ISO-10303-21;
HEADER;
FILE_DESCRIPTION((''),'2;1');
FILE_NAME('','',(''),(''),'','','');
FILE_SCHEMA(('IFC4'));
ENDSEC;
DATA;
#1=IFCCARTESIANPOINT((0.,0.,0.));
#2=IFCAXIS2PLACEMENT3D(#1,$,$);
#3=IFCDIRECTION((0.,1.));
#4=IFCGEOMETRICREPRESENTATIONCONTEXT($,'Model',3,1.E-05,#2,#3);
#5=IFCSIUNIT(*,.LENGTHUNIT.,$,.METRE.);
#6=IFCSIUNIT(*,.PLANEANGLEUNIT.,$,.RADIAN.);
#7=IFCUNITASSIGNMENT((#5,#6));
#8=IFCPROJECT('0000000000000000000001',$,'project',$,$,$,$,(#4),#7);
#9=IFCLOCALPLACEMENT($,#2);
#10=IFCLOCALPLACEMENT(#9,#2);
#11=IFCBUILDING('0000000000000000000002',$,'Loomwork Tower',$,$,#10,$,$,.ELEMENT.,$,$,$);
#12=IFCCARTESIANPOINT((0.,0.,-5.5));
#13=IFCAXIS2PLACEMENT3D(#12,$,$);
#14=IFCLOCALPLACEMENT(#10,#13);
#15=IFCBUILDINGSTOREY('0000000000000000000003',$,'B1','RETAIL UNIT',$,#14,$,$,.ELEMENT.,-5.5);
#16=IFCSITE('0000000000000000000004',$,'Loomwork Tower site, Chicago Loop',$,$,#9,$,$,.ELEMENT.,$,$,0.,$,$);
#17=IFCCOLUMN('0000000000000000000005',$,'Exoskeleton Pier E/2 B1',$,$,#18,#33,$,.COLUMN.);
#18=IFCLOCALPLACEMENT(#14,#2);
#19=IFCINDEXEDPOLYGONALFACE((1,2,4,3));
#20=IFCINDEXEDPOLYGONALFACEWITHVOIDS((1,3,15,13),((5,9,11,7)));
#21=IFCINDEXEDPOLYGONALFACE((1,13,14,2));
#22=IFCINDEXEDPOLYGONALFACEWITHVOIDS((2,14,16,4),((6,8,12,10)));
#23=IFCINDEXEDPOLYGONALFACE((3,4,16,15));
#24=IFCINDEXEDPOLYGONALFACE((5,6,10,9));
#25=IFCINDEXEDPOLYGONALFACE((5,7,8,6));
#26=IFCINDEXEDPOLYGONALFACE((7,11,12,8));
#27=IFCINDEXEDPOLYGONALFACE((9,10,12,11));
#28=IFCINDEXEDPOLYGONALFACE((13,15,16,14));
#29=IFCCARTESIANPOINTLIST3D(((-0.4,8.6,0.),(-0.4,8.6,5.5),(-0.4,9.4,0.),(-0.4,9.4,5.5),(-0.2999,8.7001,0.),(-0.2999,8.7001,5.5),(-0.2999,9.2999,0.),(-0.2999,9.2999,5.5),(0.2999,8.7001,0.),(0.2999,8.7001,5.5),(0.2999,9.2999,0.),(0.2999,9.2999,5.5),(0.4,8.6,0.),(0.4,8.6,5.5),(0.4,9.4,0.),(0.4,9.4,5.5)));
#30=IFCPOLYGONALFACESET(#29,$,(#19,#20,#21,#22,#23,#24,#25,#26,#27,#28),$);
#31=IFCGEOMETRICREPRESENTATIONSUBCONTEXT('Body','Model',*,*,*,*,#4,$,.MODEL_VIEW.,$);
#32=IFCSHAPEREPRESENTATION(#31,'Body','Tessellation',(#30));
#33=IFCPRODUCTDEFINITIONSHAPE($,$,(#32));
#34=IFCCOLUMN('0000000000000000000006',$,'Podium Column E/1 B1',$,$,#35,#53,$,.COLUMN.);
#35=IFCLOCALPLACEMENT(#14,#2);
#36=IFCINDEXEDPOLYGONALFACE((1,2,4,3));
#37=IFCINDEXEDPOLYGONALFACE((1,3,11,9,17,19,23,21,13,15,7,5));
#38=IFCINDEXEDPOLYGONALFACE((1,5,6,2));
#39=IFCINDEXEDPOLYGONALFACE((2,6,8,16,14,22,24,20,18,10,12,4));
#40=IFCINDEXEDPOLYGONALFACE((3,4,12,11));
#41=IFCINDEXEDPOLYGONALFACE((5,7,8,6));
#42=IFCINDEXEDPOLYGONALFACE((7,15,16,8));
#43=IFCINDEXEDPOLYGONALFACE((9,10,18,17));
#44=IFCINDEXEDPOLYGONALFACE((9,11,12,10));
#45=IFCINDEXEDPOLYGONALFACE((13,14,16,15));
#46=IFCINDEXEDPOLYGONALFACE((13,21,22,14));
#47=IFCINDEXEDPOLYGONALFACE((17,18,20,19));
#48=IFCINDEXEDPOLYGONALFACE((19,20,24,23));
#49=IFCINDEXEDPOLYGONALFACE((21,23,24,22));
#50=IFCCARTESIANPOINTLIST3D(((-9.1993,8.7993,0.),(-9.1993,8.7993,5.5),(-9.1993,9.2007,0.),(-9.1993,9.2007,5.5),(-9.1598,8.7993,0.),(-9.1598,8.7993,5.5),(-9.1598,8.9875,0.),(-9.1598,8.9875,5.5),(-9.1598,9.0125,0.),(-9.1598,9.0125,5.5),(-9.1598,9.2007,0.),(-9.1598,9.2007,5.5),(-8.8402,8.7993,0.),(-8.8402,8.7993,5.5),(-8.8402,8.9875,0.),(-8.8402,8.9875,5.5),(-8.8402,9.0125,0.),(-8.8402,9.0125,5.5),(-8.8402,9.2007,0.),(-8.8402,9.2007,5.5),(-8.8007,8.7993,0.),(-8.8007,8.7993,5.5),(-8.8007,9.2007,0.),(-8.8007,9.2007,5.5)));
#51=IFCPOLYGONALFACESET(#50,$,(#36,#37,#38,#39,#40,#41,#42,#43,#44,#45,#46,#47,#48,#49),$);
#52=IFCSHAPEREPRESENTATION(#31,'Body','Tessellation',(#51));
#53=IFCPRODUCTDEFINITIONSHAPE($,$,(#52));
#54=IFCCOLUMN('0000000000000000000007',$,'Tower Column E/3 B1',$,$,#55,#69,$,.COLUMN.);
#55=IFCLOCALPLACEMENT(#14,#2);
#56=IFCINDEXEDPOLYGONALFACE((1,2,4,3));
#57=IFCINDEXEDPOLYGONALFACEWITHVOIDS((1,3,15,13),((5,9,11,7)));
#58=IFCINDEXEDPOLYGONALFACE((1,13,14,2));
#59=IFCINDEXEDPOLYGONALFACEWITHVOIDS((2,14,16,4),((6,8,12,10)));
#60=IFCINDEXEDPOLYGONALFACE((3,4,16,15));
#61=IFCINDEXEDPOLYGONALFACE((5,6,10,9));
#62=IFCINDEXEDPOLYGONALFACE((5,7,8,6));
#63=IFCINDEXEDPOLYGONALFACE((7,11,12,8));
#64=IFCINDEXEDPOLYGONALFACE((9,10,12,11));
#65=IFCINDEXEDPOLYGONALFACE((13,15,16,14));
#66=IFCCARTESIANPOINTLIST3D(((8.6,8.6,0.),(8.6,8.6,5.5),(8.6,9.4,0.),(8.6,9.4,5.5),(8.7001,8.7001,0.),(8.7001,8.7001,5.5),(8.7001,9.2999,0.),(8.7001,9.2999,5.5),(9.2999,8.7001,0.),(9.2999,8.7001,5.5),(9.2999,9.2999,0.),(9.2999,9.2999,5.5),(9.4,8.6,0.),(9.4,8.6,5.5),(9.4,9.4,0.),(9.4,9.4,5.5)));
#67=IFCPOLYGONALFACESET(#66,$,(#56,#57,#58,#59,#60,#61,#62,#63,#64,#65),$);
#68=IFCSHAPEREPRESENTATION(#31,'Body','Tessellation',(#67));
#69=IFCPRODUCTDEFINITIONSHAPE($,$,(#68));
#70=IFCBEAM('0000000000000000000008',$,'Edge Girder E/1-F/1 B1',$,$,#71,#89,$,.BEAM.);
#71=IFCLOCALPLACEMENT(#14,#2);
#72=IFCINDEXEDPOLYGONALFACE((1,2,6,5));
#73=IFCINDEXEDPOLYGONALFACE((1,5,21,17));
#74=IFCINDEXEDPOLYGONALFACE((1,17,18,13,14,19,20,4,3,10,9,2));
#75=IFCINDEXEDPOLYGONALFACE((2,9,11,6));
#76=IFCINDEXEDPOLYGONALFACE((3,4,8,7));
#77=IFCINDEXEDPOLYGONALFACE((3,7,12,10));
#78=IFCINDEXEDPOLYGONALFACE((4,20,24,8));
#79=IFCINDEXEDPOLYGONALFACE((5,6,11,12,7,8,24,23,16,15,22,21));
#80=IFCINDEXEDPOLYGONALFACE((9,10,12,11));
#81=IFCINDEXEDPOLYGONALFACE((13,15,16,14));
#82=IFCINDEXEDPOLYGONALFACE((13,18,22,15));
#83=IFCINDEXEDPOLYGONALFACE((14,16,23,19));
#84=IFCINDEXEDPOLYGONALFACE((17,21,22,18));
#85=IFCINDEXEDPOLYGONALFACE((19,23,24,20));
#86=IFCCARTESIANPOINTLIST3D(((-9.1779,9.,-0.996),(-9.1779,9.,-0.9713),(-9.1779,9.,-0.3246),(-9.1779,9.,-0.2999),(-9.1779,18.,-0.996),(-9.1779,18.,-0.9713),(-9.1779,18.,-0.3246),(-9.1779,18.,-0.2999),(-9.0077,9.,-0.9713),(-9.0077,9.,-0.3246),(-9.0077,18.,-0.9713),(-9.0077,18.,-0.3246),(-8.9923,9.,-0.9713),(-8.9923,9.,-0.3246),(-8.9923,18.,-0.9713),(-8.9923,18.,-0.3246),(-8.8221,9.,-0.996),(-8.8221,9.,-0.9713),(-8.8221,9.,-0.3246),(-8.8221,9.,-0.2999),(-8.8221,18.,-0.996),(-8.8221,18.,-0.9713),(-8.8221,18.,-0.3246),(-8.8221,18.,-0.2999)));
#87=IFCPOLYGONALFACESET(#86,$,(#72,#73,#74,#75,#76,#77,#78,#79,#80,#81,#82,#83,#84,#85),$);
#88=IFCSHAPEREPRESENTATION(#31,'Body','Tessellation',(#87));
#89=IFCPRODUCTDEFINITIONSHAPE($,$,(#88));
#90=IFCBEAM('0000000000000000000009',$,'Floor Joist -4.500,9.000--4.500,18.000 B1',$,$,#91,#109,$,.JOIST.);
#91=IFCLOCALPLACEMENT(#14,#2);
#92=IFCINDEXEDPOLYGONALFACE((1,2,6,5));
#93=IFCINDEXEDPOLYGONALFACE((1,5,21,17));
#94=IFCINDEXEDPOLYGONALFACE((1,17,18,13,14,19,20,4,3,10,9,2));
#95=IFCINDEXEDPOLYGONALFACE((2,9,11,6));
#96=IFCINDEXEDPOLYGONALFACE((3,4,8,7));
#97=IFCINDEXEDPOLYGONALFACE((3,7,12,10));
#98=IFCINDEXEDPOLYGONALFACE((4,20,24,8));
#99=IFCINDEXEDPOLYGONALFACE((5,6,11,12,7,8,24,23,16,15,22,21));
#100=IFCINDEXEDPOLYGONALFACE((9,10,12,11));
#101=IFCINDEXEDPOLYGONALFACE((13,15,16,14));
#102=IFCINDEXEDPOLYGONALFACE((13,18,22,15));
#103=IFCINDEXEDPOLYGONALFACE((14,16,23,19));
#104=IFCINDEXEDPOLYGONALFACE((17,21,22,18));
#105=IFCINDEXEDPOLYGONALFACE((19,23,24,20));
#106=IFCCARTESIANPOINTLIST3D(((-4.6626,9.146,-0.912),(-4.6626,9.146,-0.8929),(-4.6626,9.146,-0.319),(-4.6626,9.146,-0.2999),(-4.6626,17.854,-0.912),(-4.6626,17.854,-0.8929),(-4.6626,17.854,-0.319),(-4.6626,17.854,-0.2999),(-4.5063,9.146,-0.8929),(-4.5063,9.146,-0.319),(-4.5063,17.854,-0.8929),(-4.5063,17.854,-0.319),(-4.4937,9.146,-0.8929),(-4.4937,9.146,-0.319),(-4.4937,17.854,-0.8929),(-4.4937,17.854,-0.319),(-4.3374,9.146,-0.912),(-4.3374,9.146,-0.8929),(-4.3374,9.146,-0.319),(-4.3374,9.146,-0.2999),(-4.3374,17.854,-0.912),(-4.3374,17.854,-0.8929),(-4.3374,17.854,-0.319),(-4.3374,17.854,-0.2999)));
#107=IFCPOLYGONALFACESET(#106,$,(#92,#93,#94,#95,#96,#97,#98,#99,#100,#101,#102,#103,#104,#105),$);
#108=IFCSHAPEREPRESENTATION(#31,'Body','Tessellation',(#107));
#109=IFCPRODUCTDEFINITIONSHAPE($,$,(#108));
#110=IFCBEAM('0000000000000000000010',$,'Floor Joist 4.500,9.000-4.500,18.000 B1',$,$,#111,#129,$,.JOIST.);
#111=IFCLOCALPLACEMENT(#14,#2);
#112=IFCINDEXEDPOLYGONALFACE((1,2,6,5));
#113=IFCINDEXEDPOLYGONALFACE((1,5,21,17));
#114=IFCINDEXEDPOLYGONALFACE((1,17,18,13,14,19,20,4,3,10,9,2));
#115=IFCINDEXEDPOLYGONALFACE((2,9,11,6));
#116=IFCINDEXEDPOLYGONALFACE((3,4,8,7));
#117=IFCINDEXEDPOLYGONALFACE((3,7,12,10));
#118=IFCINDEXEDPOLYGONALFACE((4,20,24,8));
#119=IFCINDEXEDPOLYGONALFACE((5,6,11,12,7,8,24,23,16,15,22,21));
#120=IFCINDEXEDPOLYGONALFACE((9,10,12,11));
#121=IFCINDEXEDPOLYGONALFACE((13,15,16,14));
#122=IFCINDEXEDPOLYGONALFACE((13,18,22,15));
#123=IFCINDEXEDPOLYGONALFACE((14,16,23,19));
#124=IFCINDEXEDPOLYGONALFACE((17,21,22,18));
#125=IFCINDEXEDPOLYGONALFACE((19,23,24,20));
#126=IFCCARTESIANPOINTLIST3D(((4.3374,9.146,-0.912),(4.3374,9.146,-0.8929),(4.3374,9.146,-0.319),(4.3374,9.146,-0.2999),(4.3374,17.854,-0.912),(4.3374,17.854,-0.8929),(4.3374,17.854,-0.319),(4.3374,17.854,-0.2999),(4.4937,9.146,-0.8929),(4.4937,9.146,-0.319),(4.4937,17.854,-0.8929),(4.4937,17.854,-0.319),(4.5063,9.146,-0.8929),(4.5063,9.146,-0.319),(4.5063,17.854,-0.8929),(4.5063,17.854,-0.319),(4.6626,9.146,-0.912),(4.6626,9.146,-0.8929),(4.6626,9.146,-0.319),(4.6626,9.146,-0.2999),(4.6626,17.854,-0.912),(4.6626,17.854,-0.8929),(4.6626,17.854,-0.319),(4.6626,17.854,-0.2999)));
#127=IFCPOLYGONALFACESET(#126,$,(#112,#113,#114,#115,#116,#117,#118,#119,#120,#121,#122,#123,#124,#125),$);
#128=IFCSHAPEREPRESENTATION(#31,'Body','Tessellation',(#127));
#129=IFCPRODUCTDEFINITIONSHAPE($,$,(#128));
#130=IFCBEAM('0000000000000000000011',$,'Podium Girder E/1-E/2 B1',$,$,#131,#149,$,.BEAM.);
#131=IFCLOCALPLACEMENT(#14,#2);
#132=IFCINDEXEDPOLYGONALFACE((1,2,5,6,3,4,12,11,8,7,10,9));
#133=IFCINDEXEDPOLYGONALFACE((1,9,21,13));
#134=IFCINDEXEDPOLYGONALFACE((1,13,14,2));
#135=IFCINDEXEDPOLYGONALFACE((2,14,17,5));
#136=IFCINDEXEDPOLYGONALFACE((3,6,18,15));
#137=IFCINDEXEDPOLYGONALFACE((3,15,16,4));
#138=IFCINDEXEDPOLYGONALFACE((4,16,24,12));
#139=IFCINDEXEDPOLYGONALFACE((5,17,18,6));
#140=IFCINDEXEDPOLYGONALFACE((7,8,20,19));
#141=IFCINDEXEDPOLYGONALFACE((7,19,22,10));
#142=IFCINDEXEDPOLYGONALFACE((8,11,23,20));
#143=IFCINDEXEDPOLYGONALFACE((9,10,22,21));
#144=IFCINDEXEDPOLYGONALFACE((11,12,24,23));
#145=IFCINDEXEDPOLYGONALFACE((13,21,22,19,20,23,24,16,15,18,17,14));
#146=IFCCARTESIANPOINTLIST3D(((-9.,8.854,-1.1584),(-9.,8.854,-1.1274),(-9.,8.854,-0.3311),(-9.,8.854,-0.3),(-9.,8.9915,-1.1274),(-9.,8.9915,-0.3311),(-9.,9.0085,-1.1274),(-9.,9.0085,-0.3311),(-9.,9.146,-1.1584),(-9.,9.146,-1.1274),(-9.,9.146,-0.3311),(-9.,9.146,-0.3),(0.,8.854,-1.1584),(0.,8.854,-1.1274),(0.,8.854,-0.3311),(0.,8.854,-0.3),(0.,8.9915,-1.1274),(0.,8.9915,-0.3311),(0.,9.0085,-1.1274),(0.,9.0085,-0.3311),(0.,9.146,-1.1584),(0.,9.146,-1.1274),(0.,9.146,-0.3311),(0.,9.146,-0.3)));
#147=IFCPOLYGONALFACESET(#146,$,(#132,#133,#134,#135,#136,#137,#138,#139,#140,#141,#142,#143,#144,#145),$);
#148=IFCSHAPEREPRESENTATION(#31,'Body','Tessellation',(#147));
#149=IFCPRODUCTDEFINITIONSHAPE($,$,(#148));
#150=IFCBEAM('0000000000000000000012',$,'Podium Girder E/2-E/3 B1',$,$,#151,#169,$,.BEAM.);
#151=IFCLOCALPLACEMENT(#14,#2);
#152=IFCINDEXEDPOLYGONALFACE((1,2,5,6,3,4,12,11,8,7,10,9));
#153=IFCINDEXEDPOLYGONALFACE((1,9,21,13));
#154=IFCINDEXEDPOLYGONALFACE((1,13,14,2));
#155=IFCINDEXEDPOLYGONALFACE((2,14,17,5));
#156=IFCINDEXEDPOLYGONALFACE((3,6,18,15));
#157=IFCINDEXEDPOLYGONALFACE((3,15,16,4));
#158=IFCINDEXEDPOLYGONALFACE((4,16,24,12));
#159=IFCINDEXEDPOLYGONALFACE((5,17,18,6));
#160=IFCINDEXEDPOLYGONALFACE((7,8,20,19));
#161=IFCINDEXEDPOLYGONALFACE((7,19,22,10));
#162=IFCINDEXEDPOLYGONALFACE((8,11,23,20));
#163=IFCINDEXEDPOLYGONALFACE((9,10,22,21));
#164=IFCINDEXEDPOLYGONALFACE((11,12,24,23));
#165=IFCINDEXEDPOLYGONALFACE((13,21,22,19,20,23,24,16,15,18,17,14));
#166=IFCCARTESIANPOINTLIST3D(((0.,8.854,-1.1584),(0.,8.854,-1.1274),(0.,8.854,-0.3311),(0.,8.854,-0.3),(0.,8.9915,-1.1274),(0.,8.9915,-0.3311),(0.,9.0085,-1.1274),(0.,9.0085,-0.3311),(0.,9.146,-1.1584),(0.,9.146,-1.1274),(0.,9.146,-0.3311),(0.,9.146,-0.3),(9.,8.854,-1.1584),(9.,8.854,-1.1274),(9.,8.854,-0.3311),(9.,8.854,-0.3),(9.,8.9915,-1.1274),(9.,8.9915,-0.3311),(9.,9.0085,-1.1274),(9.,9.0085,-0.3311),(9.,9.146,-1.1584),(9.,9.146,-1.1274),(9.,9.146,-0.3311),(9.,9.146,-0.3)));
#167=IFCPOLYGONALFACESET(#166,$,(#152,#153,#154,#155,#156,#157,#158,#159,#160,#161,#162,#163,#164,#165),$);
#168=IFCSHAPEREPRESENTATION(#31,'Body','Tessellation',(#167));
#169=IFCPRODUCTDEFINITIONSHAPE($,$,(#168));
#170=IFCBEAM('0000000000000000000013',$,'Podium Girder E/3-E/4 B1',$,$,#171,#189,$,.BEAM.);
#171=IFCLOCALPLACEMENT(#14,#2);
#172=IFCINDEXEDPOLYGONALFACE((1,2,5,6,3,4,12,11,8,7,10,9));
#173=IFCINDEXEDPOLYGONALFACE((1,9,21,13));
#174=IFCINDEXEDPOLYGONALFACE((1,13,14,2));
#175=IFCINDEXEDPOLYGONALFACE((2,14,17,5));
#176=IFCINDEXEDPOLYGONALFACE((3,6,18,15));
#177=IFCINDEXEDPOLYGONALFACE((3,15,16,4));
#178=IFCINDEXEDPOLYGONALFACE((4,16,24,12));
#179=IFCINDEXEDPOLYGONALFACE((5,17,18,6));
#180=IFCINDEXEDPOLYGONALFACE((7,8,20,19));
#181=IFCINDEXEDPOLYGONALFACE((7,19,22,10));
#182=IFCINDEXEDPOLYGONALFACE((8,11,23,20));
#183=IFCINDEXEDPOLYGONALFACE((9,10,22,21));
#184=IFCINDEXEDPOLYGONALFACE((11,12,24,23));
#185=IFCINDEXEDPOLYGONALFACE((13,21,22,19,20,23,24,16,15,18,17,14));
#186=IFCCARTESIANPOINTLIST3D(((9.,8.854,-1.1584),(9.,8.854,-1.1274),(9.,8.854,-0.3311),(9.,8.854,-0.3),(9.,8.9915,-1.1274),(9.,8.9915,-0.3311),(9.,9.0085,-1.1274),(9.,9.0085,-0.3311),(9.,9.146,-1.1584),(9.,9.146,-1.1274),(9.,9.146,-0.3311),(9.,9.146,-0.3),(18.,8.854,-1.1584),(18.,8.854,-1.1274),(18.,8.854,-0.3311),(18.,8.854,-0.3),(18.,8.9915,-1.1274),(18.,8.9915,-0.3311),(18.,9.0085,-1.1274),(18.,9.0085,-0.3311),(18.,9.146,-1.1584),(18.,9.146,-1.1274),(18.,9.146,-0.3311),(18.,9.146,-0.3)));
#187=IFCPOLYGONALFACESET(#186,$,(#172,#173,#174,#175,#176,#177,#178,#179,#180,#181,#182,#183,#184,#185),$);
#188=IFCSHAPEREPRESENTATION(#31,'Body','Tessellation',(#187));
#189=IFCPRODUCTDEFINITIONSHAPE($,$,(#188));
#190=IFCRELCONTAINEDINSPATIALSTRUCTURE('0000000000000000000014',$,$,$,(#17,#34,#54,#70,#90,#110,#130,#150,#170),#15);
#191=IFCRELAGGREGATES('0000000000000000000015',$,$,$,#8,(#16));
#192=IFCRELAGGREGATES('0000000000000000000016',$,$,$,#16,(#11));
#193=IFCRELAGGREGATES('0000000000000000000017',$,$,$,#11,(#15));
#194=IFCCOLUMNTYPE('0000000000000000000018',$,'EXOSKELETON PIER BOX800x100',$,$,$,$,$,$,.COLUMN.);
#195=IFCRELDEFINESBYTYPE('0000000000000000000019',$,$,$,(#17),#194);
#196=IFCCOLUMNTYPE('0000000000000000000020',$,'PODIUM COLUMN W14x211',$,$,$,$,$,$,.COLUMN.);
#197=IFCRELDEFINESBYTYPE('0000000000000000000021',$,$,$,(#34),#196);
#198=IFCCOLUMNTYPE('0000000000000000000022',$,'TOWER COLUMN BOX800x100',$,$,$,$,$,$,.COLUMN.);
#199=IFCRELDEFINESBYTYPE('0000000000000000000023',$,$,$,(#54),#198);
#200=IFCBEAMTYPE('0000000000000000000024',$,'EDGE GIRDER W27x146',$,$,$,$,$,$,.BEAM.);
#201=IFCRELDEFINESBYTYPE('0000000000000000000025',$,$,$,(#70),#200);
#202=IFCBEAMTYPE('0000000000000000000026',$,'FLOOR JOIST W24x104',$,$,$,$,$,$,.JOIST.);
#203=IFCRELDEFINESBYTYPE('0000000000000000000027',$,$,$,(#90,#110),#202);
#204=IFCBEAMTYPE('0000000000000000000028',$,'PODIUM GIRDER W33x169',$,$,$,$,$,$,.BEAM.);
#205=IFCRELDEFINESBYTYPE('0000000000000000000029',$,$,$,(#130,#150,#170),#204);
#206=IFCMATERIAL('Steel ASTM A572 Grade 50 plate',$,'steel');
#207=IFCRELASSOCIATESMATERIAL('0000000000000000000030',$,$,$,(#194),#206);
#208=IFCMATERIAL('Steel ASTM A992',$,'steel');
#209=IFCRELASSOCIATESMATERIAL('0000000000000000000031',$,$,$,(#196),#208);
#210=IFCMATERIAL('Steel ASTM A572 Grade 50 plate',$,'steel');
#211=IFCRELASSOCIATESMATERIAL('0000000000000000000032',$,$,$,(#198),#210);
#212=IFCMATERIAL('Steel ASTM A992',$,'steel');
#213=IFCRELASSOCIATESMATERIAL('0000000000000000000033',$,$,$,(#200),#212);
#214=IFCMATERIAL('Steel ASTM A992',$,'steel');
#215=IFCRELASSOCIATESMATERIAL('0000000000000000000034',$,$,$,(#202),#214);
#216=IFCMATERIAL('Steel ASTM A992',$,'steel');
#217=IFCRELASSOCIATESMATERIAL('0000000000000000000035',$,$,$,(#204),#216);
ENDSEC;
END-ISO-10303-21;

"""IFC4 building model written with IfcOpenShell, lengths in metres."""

from ifc_helpers import new_model, si_unit, direction, frame, origin, origin_2d, place, context, subcontext, project, spatial, hollow_rectangle, i_section, extrude, material, material_profile, profile_set, type_object, element, save


model = new_model("IFC4")

# Units and contexts
model_context = context("Model", 3, precision=1e-05, world=origin(), true_north=direction((0.0, 1.0)))
body_context = subcontext(model_context, "Body", "Model", "MODEL_VIEW")
ifc_project = project(units=[si_unit("LENGTHUNIT", "METRE"), si_unit("PLANEANGLEUNIT", "RADIAN")], contexts=[model_context])

# Site, building, storey
site_placement = place(None, origin())
site = spatial("IfcSite", under=ifc_project, at=site_placement, Name="Loomwork Tower site, Chicago Loop", CompositionType="ELEMENT", RefElevation=0.0)
building_placement = place(site_placement, origin())
building = spatial("IfcBuilding", under=site, at=building_placement, Name="Loomwork Tower", CompositionType="ELEMENT")
storey_placement = place(building_placement, frame((0.0, 0.0, -5.5)))
storey = spatial("IfcBuildingStorey", under=building, at=storey_placement, Name="B1", Description="RETAIL UNIT", CompositionType="ELEMENT", Elevation=-5.5)

# Columns
ifc_material_1 = material(Name="Steel ASTM A572 Grade 50 plate", Category="steel")
ifc_material_profile_1 = material_profile(ifc_material_1, hollow_rectangle(XDim=0.8, YDim=0.8, WallThickness=0.1001, at=origin_2d()), Name="BOX800x100")
ifc_profile_set_1 = profile_set([ifc_material_profile_1], Name="Steel ASTM A572 Grade 50 plate")
column_type_1 = type_object("IfcColumnType", Name="EXOSKELETON PIER BOX800x100", PredefinedType="COLUMN", material=ifc_profile_set_1)
column_1_placement = place(storey_placement, frame((0.0, 9.0, 0.0), z_axis=(0.0, 0.0, 1.0), x_axis=(0.0, 1.0, 0.0)))
element("IfcColumn", 1, at=column_1_placement, inside=storey, type_object=column_type_1, Name="Exoskeleton Pier E/2 B1", PredefinedType="COLUMN", context=body_context, shape_type="SweptSolid", body=[
    extrude(hollow_rectangle(XDim=0.8, YDim=0.8, WallThickness=0.1001, at=origin_2d()), origin(), (0.0, 0.0, 1.0), 5.5),
])
ifc_material_2 = material(Name="Steel ASTM A992", Category="steel")
ifc_material_profile_2 = material_profile(ifc_material_2, i_section(OverallWidth=0.4014, OverallDepth=0.3987, WebThickness=0.0249, FlangeThickness=0.0396, at=origin_2d()), Name="W14x211")
ifc_profile_set_2 = profile_set([ifc_material_profile_2], Name="Steel ASTM A992")
column_type_2 = type_object("IfcColumnType", Name="PODIUM COLUMN W14x211", PredefinedType="COLUMN", material=ifc_profile_set_2)
column_2_placement = place(storey_placement, frame((-9.0, 9.0, 0.0), z_axis=(0.0, 0.0, 1.0), x_axis=(0.0, 1.0, 0.0)))
element("IfcColumn", 2, at=column_2_placement, inside=storey, type_object=column_type_2, Name="Podium Column E/1 B1", PredefinedType="COLUMN", context=body_context, shape_type="SweptSolid", body=[
    extrude(i_section(OverallWidth=0.4014, OverallDepth=0.3987, WebThickness=0.0249, FlangeThickness=0.0396, at=origin_2d()), origin(), (0.0, 0.0, 1.0), 5.5),
])
ifc_material_3 = material(Name="Steel ASTM A572 Grade 50 plate", Category="steel")
ifc_material_profile_3 = material_profile(ifc_material_3, hollow_rectangle(XDim=0.8, YDim=0.8, WallThickness=0.1001, at=origin_2d()), Name="BOX800x100")
ifc_profile_set_3 = profile_set([ifc_material_profile_3], Name="Steel ASTM A572 Grade 50 plate")
column_type_3 = type_object("IfcColumnType", Name="TOWER COLUMN BOX800x100", PredefinedType="COLUMN", material=ifc_profile_set_3)
column_3_placement = place(storey_placement, frame((9.0, 9.0, 0.0), z_axis=(0.0, 0.0, 1.0), x_axis=(1.0, 0.0, 0.0)))
element("IfcColumn", 3, at=column_3_placement, inside=storey, type_object=column_type_3, Name="Tower Column E/3 B1", PredefinedType="COLUMN", context=body_context, shape_type="SweptSolid", body=[
    extrude(hollow_rectangle(XDim=0.8, YDim=0.8, WallThickness=0.1001, at=origin_2d()), origin(), (0.0, 0.0, 1.0), 5.5),
])

# Beams
ifc_material_4 = material(Name="Steel ASTM A992", Category="steel")
ifc_material_profile_4 = material_profile(ifc_material_4, i_section(OverallWidth=0.3557, OverallDepth=0.696, WebThickness=0.0154, FlangeThickness=0.0247, at=origin_2d()), Name="W27x146")
ifc_profile_set_4 = profile_set([ifc_material_profile_4], Name="Steel ASTM A992")
beam_type_1 = type_object("IfcBeamType", Name="EDGE GIRDER W27x146", PredefinedType="BEAM", material=ifc_profile_set_4)
beam_placement = place(storey_placement, frame((-9.0, 9.0, -0.6479), z_axis=(0.0, 1.0, 0.0), x_axis=(-1.0, 0.0, 0.0)))
element("IfcBeam", 4, at=beam_placement, inside=storey, type_object=beam_type_1, Name="Edge Girder E/1-F/1 B1", PredefinedType="BEAM", context=body_context, shape_type="SweptSolid", body=[
    extrude(i_section(OverallWidth=0.3557, OverallDepth=0.696, WebThickness=0.0154, FlangeThickness=0.0247, at=origin_2d()), origin(), (0.0, 0.0, 1.0), 9.0),
])
ifc_material_5 = material(Name="Steel ASTM A992", Category="steel")
ifc_material_profile_5 = material_profile(ifc_material_5, i_section(OverallWidth=0.3252, OverallDepth=0.6121, WebThickness=0.0127, FlangeThickness=0.019, at=origin_2d()), Name="W24x104")
ifc_profile_set_5 = profile_set([ifc_material_profile_5], Name="Steel ASTM A992")
beam_type_2 = type_object("IfcBeamType", Name="FLOOR JOIST W24x104", PredefinedType="JOIST", material=ifc_profile_set_5)
for number, where, z_axis, x_axis, name in (
    (5, (-4.5, 9.146, -0.606), (0.0, 1.0, 0.0), (-1.0, 0.0, 0.0), "Floor Joist -4.500,9.000--4.500,18.000 B1"),
    (6, (4.5, 9.146, -0.606), (0.0, 1.0, 0.0), (-1.0, 0.0, 0.0), "Floor Joist 4.500,9.000-4.500,18.000 B1"),
):
    element("IfcBeam", number, at=place(storey_placement, frame(where, z_axis=z_axis, x_axis=x_axis)), inside=storey, type_object=beam_type_2, Name=name, PredefinedType="JOIST", context=body_context, shape_type="SweptSolid", body=[
        extrude(i_section(OverallWidth=0.3252, OverallDepth=0.6121, WebThickness=0.0127, FlangeThickness=0.019, at=origin_2d()), origin(), (0.0, 0.0, 1.0), 8.708),
    ])
ifc_material_6 = material(Name="Steel ASTM A992", Category="steel")
ifc_material_profile_6 = material_profile(ifc_material_6, i_section(OverallWidth=0.292, OverallDepth=0.8584, WebThickness=0.0171, FlangeThickness=0.031, at=origin_2d()), Name="W33x169")
ifc_profile_set_6 = profile_set([ifc_material_profile_6], Name="Steel ASTM A992")
beam_type_3 = type_object("IfcBeamType", Name="PODIUM GIRDER W33x169", PredefinedType="BEAM", material=ifc_profile_set_6)
for number, where, z_axis, x_axis, name in (
    (7, (-9.0, 9.0, -0.7292), (1.0, 0.0, 0.0), (0.0, 1.0, 0.0), "Podium Girder E/1-E/2 B1"),
    (8, (0.0, 9.0, -0.7292), (1.0, 0.0, 0.0), (0.0, 1.0, 0.0), "Podium Girder E/2-E/3 B1"),
    (9, (9.0, 9.0, -0.7292), (1.0, 0.0, 0.0), (0.0, 1.0, 0.0), "Podium Girder E/3-E/4 B1"),
):
    element("IfcBeam", number, at=place(storey_placement, frame(where, z_axis=z_axis, x_axis=x_axis)), inside=storey, type_object=beam_type_3, Name=name, PredefinedType="BEAM", context=body_context, shape_type="SweptSolid", body=[
        extrude(i_section(OverallWidth=0.292, OverallDepth=0.8584, WebThickness=0.0171, FlangeThickness=0.031, at=origin_2d()), origin(), (0.0, 0.0, 1.0), 9.0),
    ])

save(model, "model.ifc")
